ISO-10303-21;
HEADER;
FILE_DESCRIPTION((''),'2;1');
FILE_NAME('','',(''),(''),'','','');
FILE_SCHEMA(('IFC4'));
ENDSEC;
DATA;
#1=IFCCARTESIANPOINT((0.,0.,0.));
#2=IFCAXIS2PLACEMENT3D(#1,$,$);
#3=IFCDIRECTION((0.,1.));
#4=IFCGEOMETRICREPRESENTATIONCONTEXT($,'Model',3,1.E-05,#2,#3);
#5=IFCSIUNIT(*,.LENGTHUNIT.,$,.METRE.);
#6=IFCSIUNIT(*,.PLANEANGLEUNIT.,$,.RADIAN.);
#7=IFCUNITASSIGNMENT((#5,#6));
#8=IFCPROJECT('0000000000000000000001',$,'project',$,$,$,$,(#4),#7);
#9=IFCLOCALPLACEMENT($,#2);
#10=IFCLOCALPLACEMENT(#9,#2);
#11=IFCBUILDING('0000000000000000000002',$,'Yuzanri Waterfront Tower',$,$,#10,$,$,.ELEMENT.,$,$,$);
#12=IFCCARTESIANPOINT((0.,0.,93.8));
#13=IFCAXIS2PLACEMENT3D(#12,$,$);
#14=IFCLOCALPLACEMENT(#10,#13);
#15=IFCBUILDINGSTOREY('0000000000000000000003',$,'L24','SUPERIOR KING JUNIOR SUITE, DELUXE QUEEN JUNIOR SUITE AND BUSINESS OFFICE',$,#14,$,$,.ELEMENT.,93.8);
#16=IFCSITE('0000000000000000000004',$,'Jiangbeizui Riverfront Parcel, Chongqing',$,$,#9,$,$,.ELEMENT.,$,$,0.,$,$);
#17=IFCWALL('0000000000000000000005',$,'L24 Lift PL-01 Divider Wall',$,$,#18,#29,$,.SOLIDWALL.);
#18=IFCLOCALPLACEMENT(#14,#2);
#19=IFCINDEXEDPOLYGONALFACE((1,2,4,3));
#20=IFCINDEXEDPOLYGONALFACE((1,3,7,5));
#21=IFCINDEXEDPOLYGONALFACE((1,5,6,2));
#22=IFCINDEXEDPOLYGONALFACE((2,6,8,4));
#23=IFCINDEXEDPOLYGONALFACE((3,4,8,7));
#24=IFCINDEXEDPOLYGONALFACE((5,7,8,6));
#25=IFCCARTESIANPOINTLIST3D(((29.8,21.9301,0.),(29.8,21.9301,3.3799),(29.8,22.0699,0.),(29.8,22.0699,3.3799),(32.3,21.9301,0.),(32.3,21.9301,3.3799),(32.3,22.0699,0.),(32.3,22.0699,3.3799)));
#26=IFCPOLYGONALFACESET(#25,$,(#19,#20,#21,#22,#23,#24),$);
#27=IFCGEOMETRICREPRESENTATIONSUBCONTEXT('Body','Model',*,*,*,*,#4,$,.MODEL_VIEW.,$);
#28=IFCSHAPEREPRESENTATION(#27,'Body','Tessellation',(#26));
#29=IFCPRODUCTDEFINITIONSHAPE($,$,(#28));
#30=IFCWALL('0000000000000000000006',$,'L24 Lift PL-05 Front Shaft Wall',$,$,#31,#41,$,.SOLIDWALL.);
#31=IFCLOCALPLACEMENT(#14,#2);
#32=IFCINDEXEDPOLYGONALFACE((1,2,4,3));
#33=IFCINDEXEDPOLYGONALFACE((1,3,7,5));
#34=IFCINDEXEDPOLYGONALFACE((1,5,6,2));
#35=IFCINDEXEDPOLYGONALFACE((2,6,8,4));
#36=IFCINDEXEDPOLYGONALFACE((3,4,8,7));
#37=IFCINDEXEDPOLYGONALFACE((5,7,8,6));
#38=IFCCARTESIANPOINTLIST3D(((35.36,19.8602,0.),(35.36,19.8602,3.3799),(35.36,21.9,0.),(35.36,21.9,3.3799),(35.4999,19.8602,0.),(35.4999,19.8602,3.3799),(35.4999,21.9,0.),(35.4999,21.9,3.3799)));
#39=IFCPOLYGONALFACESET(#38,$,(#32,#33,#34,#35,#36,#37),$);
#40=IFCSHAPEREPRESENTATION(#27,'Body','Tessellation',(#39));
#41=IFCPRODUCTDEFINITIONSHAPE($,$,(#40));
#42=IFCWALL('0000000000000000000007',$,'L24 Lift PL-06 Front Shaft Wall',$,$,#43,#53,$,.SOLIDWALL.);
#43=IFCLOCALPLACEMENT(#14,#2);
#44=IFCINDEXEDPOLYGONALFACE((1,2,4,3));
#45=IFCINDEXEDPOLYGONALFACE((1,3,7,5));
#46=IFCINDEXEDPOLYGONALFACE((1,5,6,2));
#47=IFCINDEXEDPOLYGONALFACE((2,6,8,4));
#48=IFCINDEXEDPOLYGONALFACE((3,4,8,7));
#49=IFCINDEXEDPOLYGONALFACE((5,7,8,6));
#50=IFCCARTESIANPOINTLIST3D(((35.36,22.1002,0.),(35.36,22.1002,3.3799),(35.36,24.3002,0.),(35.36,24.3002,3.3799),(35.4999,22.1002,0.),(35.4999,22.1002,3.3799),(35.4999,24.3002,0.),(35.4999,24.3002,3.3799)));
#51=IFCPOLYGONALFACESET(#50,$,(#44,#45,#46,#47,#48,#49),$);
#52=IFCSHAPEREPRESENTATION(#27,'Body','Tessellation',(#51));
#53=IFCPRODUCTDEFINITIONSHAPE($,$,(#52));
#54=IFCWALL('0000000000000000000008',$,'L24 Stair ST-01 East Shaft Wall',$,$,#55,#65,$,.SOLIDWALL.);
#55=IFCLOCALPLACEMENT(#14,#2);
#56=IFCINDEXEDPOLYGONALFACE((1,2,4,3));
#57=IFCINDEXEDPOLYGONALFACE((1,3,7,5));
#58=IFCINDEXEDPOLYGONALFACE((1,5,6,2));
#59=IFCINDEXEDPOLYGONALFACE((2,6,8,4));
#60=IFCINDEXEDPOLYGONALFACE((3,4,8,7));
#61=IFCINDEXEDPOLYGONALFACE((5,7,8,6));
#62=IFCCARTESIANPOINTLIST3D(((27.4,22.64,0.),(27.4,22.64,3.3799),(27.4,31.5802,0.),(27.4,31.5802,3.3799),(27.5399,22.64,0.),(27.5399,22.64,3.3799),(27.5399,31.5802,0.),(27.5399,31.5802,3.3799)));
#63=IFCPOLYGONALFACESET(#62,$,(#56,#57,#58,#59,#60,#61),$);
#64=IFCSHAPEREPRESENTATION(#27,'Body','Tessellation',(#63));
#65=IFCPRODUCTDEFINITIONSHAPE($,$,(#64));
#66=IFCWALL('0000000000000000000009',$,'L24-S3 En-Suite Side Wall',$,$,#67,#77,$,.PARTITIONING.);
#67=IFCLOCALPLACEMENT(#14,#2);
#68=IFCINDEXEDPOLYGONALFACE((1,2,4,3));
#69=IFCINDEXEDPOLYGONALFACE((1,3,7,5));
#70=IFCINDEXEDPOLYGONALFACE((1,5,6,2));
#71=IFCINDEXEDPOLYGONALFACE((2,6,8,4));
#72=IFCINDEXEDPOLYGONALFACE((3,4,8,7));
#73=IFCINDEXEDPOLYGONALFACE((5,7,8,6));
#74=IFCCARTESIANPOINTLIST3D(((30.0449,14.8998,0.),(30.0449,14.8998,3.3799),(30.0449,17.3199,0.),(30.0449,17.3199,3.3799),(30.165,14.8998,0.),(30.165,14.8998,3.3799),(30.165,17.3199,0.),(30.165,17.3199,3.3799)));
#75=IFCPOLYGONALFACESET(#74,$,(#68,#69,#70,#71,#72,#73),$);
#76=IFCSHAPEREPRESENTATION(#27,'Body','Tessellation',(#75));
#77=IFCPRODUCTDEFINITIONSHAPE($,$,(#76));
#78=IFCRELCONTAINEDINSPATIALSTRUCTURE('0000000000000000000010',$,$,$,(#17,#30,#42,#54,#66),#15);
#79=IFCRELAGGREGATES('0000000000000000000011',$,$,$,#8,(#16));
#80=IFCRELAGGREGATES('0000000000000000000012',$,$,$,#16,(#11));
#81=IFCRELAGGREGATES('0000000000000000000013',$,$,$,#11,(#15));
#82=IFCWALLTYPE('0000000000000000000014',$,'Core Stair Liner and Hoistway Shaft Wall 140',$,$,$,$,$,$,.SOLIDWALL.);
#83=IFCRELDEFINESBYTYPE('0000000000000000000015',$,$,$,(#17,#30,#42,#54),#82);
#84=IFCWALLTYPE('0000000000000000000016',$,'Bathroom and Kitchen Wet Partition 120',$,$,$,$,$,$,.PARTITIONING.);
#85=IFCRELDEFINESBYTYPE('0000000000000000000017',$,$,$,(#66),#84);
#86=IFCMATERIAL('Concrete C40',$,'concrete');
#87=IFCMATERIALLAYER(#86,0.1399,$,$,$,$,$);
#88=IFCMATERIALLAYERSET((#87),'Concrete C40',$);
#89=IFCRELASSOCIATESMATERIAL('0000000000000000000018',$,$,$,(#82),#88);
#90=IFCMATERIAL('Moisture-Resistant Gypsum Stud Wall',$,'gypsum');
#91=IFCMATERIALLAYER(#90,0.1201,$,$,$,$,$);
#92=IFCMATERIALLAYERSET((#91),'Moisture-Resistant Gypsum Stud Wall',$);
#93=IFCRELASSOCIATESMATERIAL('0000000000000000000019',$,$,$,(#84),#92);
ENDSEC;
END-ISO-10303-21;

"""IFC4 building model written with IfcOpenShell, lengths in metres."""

from ifc_helpers import new_model, si_unit, direction, frame, frame_2d, origin, place, context, subcontext, project, spatial, rectangle, extrude, source, transform, mapped, material, layer, layer_set, type_object, element, save


model = new_model("IFC4")

# Units and contexts
model_context = context("Model", 3, precision=1e-05, world=origin(), true_north=direction((0.0, 1.0)))
body_context = subcontext(model_context, "Body", "Model", "MODEL_VIEW")
ifc_project = project(units=[si_unit("LENGTHUNIT", "METRE"), si_unit("PLANEANGLEUNIT", "RADIAN")], contexts=[model_context])

# Site, building, storey
site_placement = place(None, origin())
site = spatial("IfcSite", under=ifc_project, at=site_placement, Name="Jiangbeizui Riverfront Parcel, Chongqing", CompositionType="ELEMENT", RefElevation=0.0)
building_placement = place(site_placement, origin())
building = spatial("IfcBuilding", under=site, at=building_placement, Name="Yuzanri Waterfront Tower", CompositionType="ELEMENT")
storey_placement = place(building_placement, frame((0.0, 0.0, 93.8)))
storey = spatial("IfcBuildingStorey", under=building, at=storey_placement, Name="L24", Description="SUPERIOR KING JUNIOR SUITE, DELUXE QUEEN JUNIOR SUITE AND BUSINESS OFFICE", CompositionType="ELEMENT", Elevation=93.8)

# Shared definitions
ifc_material_1 = material(Name="Concrete C40", Category="concrete")
ifc_layer_1 = layer(ifc_material_1, 0.1399)
ifc_layer_set_1 = layer_set([ifc_layer_1], Name="Concrete C40")
wall_type_1 = type_object("IfcWallType", Name="Core Stair Liner and Hoistway Shaft Wall 140", PredefinedType="SOLIDWALL", material=ifc_layer_set_1)

# Walls
shared_shape_1 = source(origin(), body_context, "Body", "SweptSolid", [
    extrude(rectangle(XDim=2.5, YDim=0.1399, at=frame_2d((1.25, 0.0))), origin(), (0.0, 0.0, 1.0), 3.3799),
])
wall_1_placement = place(storey_placement, frame((29.8, 22.0, 0.0), z_axis=(0.0, 0.0, 1.0), x_axis=(1.0, 0.0, 0.0)))
element("IfcWall", 1, at=wall_1_placement, inside=storey, type_object=wall_type_1, Name="L24 Lift PL-01 Divider Wall", PredefinedType="SOLIDWALL", context=body_context, shape_type="MappedRepresentation", body=[
    mapped(shared_shape_1, transform((0.0, 0.0, 0.0), scale=1.0)),
])
shared_shape_2 = source(origin(), body_context, "Body", "SweptSolid", [
    extrude(rectangle(XDim=2.0398, YDim=0.1399, at=frame_2d((1.02, 0.0))), origin(), (0.0, 0.0, 1.0), 3.3799),
])
wall_2_placement = place(storey_placement, frame((35.4299, 19.8601, 0.0), z_axis=(0.0, 0.0, 1.0), x_axis=(0.0, 1.0, 0.0)))
element("IfcWall", 2, at=wall_2_placement, inside=storey, type_object=wall_type_1, Name="L24 Lift PL-05 Front Shaft Wall", PredefinedType="SOLIDWALL", context=body_context, shape_type="MappedRepresentation", body=[
    mapped(shared_shape_2, transform((0.0, 0.0, 0.0), scale=1.0)),
])
shared_shape_3 = source(origin(), body_context, "Body", "SweptSolid", [
    extrude(rectangle(XDim=2.2, YDim=0.1399, at=frame_2d((1.1001, 0.0))), origin(), (0.0, 0.0, 1.0), 3.3799),
])
wall_3_placement = place(storey_placement, frame((35.4299, 22.1001, 0.0), z_axis=(0.0, 0.0, 1.0), x_axis=(0.0, 1.0, 0.0)))
element("IfcWall", 3, at=wall_3_placement, inside=storey, type_object=wall_type_1, Name="L24 Lift PL-06 Front Shaft Wall", PredefinedType="SOLIDWALL", context=body_context, shape_type="MappedRepresentation", body=[
    mapped(shared_shape_3, transform((0.0, 0.0, 0.0), scale=1.0)),
])
shared_shape_4 = source(origin(), body_context, "Body", "SweptSolid", [
    extrude(rectangle(XDim=8.9402, YDim=0.1399, at=frame_2d((4.4702, 0.0))), origin(), (0.0, 0.0, 1.0), 3.3799),
])
wall_4_placement = place(storey_placement, frame((27.47, 22.6399, 0.0), z_axis=(0.0, 0.0, 1.0), x_axis=(0.0, 1.0, 0.0)))
element("IfcWall", 4, at=wall_4_placement, inside=storey, type_object=wall_type_1, Name="L24 Stair ST-01 East Shaft Wall", PredefinedType="SOLIDWALL", context=body_context, shape_type="MappedRepresentation", body=[
    mapped(shared_shape_4, transform((0.0, 0.0, 0.0), scale=1.0)),
])
ifc_material_2 = material(Name="Moisture-Resistant Gypsum Stud Wall", Category="gypsum")
ifc_layer_2 = layer(ifc_material_2, 0.1201)
ifc_layer_set_2 = layer_set([ifc_layer_2], Name="Moisture-Resistant Gypsum Stud Wall")
wall_type_2 = type_object("IfcWallType", Name="Bathroom and Kitchen Wet Partition 120", PredefinedType="PARTITIONING", material=ifc_layer_set_2)
shared_shape_5 = source(origin(), body_context, "Body", "SweptSolid", [
    extrude(rectangle(XDim=2.4202, YDim=0.1201, at=frame_2d((1.21, 0.0))), origin(), (0.0, 0.0, 1.0), 3.3799),
])
wall_5_placement = place(storey_placement, frame((30.105, 14.8999, 0.0), z_axis=(0.0, 0.0, 1.0), x_axis=(0.0, 1.0, 0.0)))
element("IfcWall", 5, at=wall_5_placement, inside=storey, type_object=wall_type_2, Name="L24-S3 En-Suite Side Wall", PredefinedType="PARTITIONING", context=body_context, shape_type="MappedRepresentation", body=[
    mapped(shared_shape_5, transform((0.0, 0.0, 0.0), scale=1.0)),
])

save(model, "model.ifc")
